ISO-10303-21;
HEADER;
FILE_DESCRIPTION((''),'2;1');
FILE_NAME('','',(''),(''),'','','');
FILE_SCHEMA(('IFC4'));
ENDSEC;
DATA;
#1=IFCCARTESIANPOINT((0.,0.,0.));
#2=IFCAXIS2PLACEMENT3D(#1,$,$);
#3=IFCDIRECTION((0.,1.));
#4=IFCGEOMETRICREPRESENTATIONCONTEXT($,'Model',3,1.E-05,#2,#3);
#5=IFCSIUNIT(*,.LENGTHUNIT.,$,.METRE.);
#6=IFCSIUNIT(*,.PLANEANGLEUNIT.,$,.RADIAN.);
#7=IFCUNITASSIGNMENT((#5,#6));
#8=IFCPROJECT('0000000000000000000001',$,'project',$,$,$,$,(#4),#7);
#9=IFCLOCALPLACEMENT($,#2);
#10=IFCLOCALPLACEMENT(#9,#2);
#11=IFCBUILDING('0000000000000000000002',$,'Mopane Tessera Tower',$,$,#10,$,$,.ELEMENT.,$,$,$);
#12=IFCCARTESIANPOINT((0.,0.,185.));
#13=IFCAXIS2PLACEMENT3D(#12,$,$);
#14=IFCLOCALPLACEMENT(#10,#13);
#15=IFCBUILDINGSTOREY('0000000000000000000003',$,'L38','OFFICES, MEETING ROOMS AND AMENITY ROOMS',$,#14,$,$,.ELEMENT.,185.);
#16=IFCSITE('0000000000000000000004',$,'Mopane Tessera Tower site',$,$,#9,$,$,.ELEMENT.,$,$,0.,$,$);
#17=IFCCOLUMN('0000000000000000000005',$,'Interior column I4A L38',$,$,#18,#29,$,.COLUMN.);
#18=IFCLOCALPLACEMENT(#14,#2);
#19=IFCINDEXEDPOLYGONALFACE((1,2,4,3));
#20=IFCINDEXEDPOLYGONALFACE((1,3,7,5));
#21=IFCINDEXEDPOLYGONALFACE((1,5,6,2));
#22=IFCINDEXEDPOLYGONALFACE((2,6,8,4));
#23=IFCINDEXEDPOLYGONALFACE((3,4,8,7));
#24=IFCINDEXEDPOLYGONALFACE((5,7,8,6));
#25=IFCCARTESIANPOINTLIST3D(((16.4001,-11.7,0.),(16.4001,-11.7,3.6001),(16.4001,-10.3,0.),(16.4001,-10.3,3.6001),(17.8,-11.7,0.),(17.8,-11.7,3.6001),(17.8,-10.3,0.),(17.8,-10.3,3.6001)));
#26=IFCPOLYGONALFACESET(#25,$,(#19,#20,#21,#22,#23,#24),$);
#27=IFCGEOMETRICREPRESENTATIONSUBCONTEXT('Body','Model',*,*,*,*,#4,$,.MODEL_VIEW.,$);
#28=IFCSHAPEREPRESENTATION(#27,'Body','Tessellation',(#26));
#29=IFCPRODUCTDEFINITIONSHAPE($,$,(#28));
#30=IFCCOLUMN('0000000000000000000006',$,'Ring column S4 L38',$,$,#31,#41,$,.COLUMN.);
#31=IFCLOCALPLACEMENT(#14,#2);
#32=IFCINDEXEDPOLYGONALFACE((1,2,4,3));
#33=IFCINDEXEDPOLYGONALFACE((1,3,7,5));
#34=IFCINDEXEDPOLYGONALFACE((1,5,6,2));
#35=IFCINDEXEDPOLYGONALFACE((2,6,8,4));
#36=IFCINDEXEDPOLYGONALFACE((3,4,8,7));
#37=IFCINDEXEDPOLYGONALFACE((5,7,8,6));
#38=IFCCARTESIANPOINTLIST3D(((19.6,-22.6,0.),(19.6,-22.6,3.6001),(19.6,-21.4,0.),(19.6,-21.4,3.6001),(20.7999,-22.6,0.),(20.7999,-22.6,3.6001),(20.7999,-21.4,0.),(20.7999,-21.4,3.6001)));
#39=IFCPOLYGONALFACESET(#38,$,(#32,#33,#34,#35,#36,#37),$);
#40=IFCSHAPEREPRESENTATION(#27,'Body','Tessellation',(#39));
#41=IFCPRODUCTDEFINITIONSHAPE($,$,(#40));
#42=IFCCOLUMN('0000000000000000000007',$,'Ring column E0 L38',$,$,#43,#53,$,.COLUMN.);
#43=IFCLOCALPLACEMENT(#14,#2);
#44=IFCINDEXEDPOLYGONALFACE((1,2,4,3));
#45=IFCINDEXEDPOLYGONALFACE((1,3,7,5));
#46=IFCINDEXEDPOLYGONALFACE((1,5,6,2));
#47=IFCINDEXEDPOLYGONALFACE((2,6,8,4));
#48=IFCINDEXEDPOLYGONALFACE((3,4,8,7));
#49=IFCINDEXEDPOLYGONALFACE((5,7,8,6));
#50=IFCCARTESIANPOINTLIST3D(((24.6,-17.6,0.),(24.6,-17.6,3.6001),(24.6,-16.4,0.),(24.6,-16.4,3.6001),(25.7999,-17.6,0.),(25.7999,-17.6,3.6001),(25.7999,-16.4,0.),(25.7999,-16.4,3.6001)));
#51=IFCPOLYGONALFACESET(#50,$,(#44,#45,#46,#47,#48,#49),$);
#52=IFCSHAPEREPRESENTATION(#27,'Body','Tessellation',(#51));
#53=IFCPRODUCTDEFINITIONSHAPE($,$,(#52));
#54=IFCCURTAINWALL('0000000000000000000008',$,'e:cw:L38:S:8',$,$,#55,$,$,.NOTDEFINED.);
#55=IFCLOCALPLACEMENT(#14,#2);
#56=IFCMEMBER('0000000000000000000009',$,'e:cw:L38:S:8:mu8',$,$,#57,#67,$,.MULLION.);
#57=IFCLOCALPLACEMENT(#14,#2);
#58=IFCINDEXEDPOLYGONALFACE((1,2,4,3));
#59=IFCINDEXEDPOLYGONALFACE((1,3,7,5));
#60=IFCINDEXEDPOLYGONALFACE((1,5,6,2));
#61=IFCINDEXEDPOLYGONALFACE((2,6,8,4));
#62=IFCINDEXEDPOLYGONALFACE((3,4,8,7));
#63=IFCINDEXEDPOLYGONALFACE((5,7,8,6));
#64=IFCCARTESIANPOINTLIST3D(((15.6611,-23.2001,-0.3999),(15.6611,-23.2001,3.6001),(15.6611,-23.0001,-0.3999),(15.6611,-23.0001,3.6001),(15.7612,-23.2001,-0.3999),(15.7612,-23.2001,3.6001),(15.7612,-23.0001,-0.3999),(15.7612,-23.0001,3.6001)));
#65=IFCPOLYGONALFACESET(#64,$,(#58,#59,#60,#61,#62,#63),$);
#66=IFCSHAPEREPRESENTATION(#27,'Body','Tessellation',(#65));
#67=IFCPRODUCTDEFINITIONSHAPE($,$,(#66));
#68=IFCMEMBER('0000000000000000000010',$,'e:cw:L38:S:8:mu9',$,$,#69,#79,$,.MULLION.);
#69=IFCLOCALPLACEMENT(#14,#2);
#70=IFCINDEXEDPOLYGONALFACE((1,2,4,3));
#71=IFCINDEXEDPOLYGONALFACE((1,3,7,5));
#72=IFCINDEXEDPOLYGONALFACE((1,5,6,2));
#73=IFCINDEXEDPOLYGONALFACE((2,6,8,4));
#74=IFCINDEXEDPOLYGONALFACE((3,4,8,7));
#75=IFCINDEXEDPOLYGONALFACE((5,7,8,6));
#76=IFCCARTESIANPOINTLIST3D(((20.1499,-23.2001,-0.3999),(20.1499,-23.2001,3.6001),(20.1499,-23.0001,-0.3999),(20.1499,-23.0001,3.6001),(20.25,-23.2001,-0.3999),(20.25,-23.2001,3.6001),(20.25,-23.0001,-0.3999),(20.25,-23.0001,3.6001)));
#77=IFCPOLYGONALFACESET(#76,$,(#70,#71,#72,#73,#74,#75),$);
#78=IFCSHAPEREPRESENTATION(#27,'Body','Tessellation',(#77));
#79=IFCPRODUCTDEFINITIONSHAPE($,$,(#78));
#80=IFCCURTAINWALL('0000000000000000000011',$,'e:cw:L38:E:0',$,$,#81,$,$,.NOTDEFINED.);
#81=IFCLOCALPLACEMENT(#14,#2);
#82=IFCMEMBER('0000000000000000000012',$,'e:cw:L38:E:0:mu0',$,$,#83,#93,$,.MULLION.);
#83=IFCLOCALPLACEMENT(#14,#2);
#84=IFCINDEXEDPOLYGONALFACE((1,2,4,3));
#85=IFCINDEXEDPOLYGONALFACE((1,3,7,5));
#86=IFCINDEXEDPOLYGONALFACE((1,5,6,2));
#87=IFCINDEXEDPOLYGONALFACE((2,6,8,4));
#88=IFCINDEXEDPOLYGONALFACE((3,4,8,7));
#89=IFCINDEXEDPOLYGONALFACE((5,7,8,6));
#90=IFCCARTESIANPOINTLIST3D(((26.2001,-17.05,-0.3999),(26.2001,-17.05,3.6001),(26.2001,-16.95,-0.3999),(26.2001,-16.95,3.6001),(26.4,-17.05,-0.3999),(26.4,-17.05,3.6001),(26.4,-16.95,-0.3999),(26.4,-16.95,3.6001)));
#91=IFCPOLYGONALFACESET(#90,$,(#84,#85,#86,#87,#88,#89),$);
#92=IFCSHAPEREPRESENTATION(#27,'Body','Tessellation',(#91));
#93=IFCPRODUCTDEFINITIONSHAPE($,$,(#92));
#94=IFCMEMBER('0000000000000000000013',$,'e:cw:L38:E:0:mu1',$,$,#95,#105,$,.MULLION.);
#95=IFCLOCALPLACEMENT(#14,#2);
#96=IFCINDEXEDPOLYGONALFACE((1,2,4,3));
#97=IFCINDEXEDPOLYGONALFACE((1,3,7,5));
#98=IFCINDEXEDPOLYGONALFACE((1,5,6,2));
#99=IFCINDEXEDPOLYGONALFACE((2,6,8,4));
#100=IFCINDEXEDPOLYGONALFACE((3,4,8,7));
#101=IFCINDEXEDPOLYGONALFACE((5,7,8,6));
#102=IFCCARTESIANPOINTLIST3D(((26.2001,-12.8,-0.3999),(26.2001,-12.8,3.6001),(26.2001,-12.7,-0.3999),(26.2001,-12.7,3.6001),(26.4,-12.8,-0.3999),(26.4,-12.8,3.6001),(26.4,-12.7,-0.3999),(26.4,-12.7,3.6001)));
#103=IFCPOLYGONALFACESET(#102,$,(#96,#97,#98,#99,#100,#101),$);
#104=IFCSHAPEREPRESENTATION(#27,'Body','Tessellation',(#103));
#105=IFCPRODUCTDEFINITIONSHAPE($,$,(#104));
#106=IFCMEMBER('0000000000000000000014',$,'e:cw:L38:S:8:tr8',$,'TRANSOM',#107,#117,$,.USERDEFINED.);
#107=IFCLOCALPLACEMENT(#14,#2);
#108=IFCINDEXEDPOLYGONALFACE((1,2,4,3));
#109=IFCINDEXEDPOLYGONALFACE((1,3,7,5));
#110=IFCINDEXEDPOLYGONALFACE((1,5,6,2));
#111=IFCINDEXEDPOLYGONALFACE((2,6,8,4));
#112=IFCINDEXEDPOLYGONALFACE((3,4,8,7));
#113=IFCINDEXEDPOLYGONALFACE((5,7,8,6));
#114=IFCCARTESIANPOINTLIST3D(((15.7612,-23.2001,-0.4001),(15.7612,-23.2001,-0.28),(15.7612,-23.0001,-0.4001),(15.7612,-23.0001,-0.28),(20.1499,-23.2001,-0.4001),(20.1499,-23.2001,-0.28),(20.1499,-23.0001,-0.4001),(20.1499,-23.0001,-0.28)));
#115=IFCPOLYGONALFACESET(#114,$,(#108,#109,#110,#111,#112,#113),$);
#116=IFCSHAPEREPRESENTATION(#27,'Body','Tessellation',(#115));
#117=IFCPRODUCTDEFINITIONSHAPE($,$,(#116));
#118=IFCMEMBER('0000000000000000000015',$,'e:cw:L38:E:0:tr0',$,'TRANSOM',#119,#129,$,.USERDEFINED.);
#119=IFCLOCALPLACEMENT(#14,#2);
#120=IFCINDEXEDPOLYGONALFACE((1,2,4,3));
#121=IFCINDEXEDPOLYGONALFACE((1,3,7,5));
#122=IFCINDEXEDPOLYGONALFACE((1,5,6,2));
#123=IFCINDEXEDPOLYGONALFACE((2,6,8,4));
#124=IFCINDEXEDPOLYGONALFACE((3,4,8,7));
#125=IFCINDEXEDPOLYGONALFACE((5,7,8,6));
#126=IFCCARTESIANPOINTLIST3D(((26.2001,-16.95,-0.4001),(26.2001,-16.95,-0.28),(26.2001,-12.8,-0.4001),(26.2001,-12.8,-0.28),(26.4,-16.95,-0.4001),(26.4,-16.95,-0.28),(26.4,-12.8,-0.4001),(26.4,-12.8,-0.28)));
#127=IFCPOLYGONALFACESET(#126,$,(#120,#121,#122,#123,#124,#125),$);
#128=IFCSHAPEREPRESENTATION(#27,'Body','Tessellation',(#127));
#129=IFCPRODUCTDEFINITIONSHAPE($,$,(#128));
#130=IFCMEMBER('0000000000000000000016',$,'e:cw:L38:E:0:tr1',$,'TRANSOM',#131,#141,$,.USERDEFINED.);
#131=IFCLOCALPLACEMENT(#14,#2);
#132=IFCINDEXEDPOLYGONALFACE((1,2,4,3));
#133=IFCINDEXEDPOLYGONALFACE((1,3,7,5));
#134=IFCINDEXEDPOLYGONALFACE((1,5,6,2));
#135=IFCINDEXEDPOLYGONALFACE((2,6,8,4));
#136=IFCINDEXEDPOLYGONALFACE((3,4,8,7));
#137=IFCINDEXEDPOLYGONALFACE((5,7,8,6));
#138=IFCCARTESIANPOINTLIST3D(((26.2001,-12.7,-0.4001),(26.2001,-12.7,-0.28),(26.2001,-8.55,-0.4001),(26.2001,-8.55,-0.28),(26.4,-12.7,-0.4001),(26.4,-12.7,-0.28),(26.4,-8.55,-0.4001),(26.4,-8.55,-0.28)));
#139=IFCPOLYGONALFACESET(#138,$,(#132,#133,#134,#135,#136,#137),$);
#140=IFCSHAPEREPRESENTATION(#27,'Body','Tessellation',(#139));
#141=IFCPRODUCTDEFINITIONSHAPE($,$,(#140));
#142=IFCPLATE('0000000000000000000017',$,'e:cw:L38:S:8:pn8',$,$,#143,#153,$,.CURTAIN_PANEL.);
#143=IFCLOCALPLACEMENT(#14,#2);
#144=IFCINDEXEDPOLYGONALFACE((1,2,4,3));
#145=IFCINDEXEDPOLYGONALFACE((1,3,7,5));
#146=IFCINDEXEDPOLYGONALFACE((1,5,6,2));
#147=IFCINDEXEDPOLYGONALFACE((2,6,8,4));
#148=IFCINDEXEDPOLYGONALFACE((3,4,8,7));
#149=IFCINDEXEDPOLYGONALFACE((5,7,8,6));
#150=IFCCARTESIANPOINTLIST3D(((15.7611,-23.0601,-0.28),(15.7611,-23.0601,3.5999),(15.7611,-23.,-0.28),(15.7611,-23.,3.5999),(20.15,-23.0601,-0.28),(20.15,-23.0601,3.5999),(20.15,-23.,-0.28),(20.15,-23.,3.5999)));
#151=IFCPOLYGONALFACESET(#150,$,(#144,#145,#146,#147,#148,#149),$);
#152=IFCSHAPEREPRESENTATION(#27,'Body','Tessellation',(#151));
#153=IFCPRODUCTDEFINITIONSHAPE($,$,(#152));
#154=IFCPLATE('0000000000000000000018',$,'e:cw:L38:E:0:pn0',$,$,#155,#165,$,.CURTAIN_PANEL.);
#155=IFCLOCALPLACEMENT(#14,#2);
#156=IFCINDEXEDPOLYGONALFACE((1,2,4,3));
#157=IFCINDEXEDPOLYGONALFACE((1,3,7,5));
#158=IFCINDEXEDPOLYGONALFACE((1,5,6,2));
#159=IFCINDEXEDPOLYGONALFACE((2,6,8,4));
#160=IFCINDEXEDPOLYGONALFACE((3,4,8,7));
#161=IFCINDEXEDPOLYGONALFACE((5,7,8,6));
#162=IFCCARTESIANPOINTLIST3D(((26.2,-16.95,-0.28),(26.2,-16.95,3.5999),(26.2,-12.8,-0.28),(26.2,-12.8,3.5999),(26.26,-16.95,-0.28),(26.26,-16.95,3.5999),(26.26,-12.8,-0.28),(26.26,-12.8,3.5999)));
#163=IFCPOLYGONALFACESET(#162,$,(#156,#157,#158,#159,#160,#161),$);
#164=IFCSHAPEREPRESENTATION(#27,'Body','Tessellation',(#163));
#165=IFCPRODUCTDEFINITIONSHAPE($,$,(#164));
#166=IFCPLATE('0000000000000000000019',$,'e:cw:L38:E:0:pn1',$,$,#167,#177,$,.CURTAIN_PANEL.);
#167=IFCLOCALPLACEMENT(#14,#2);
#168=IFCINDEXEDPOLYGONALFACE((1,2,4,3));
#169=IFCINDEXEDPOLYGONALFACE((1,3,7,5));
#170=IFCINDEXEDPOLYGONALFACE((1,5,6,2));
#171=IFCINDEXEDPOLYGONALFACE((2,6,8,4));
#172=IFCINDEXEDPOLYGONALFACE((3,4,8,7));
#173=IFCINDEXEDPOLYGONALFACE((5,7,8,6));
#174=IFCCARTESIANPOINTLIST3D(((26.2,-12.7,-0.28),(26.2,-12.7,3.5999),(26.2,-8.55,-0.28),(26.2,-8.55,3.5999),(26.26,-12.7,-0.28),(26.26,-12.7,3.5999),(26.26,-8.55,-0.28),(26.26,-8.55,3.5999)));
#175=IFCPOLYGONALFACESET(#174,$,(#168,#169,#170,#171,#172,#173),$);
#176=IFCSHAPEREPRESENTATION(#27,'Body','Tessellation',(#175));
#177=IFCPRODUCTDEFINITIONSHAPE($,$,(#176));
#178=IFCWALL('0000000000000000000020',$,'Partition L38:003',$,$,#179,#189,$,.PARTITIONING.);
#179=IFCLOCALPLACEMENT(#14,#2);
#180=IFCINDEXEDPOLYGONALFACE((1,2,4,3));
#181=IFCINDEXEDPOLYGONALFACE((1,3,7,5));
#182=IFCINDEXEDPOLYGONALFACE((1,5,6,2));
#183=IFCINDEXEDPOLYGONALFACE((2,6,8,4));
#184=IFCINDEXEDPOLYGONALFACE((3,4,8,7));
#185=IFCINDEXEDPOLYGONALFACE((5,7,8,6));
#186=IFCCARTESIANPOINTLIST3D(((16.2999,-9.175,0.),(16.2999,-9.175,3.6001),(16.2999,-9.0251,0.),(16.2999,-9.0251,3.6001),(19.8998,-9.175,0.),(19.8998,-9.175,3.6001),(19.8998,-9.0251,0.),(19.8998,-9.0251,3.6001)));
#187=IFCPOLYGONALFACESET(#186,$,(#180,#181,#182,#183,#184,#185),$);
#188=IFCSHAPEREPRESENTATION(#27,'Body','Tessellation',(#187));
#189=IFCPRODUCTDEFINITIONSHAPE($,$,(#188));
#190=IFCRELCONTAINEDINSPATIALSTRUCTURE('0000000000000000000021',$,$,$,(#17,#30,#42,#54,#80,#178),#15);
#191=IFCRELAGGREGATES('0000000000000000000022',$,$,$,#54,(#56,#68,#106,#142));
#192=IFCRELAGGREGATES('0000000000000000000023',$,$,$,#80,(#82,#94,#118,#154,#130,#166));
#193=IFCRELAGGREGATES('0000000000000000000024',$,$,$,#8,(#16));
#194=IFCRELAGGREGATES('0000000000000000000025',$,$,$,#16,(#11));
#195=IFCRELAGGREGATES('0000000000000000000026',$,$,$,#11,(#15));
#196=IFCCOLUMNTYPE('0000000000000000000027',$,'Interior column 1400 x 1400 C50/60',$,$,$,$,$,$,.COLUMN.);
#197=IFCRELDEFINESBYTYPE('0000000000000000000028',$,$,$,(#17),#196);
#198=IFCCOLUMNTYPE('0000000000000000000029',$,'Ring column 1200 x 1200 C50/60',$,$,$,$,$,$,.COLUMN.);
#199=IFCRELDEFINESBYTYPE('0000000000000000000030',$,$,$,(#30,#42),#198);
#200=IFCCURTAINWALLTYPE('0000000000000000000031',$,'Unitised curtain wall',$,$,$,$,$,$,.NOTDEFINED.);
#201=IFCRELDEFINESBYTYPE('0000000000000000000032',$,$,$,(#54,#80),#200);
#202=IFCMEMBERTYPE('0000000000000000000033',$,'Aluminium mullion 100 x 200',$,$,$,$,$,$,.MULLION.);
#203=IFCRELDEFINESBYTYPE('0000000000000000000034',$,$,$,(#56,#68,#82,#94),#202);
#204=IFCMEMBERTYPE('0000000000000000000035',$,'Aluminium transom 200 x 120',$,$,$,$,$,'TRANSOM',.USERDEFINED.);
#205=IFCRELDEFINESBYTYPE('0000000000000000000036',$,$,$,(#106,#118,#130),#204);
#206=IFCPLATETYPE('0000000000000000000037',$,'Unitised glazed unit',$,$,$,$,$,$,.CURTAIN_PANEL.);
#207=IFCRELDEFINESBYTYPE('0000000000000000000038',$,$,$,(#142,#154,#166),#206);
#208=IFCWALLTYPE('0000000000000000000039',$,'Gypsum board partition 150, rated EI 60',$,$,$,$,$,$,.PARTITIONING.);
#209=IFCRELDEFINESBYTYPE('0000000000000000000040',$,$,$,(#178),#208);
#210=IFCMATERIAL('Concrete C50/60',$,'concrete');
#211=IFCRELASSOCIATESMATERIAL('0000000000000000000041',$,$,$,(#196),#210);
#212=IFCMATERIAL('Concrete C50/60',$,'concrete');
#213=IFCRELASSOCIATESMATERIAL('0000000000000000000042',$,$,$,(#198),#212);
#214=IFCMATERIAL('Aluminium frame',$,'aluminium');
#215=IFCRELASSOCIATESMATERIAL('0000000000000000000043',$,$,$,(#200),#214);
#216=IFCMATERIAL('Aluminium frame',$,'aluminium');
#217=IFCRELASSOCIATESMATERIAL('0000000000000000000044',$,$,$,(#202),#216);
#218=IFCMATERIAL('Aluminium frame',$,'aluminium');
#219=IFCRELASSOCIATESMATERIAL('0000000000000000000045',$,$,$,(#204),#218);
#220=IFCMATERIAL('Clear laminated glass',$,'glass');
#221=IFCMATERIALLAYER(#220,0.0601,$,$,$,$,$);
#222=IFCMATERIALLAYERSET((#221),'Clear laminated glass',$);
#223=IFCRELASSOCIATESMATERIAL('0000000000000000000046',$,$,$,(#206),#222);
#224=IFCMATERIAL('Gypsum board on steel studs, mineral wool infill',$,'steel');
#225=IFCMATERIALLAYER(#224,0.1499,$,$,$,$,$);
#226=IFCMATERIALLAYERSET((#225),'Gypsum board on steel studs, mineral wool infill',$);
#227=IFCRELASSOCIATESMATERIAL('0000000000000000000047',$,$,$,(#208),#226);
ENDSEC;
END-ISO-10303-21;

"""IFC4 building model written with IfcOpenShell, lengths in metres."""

from ifc_helpers import new_model, si_unit, direction, frame, frame_2d, origin, origin_2d, place, context, subcontext, project, spatial, rectangle, extrude, material, layer, layer_set, material_profile, profile_set, type_object, element, aggregate, save


model = new_model("IFC4")

# Units and contexts
model_context = context("Model", 3, precision=1e-05, world=origin(), true_north=direction((0.0, 1.0)))
body_context = subcontext(model_context, "Body", "Model", "MODEL_VIEW")
ifc_project = project(units=[si_unit("LENGTHUNIT", "METRE"), si_unit("PLANEANGLEUNIT", "RADIAN")], contexts=[model_context])

# Site, building, storey
site_placement = place(None, origin())
site = spatial("IfcSite", under=ifc_project, at=site_placement, Name="Mopane Tessera Tower site", CompositionType="ELEMENT", RefElevation=0.0)
building_placement = place(site_placement, origin())
building = spatial("IfcBuilding", under=site, at=building_placement, Name="Mopane Tessera Tower", CompositionType="ELEMENT")
storey_placement = place(building_placement, frame((0.0, 0.0, 185.0)))
storey = spatial("IfcBuildingStorey", under=building, at=storey_placement, Name="L38", Description="OFFICES, MEETING ROOMS AND AMENITY ROOMS", CompositionType="ELEMENT", Elevation=185.0)

# Columns
ifc_material_1 = material(Name="Concrete C50/60", Category="concrete")
ifc_material_profile_1 = material_profile(ifc_material_1, rectangle(XDim=1.3999, YDim=1.3999, at=origin_2d()))
ifc_profile_set_1 = profile_set([ifc_material_profile_1], Name="Concrete C50/60")
column_type_1 = type_object("IfcColumnType", Name="Interior column 1400 x 1400 C50/60", PredefinedType="COLUMN", material=ifc_profile_set_1)
column_placement = place(storey_placement, frame((17.1001, -11.0, 0.0), z_axis=(0.0, 0.0, 1.0), x_axis=(1.0, 0.0, 0.0)))
element("IfcColumn", 1, at=column_placement, inside=storey, type_object=column_type_1, Name="Interior column I4A L38", PredefinedType="COLUMN", context=body_context, shape_type="SweptSolid", body=[
    extrude(rectangle(XDim=1.3999, YDim=1.3999, at=origin_2d()), origin(), (0.0, 0.0, 1.0), 3.6001),
])
ifc_material_2 = material(Name="Concrete C50/60", Category="concrete")
ifc_material_profile_2 = material_profile(ifc_material_2, rectangle(XDim=1.2, YDim=1.2, at=origin_2d()))
ifc_profile_set_2 = profile_set([ifc_material_profile_2], Name="Concrete C50/60")
column_type_2 = type_object("IfcColumnType", Name="Ring column 1200 x 1200 C50/60", PredefinedType="COLUMN", material=ifc_profile_set_2)
for number, where, z_axis, x_axis, name in (
    (2, (20.2, -22.0, 0.0), (0.0, 0.0, 1.0), (1.0, 0.0, 0.0), "Ring column S4 L38"),
    (3, (25.2, -17.0, 0.0), (0.0, 0.0, 1.0), (1.0, 0.0, 0.0), "Ring column E0 L38"),
):
    element("IfcColumn", number, at=place(storey_placement, frame(where, z_axis=z_axis, x_axis=x_axis)), inside=storey, type_object=column_type_2, Name=name, PredefinedType="COLUMN", context=body_context, shape_type="SweptSolid", body=[
        extrude(rectangle(XDim=1.2, YDim=1.2, at=origin_2d()), origin(), (0.0, 0.0, 1.0), 3.6001),
    ])

# Curtain walls, members
ifc_material_3 = material(Name="Aluminium frame", Category="aluminium")
curtain_wall_type = type_object("IfcCurtainWallType", Name="Unitised curtain wall", PredefinedType="NOTDEFINED", material=ifc_material_3)
curtain_wall_1_placement = place(storey_placement, origin())
curtain_wall_1 = element("IfcCurtainWall", 4, at=curtain_wall_1_placement, inside=storey, type_object=curtain_wall_type, Name="e:cw:L38:S:8", PredefinedType="NOTDEFINED")
ifc_material_4 = material(Name="Aluminium frame", Category="aluminium")
ifc_material_profile_3 = material_profile(ifc_material_4, rectangle(XDim=0.1001, YDim=0.2, at=origin_2d()))
ifc_profile_set_3 = profile_set([ifc_material_profile_3], Name="Aluminium frame")
member_type_1 = type_object("IfcMemberType", Name="Aluminium mullion 100 x 200", PredefinedType="MULLION", material=ifc_profile_set_3)
member_1_placement = place(storey_placement, frame((15.7112, -23.1001, -0.3999), z_axis=(0.0, 0.0, 1.0), x_axis=(1.0, 0.0, 0.0)))
member_1 = element("IfcMember", 5, at=member_1_placement, type_object=member_type_1, Name="e:cw:L38:S:8:mu8", PredefinedType="MULLION", context=body_context, shape_type="SweptSolid", body=[
    extrude(rectangle(XDim=0.1001, YDim=0.2, at=origin_2d()), origin(), (0.0, 0.0, 1.0), 4.0),
])
member_2_placement = place(storey_placement, frame((20.2, -23.1001, -0.3999), z_axis=(0.0, 0.0, 1.0), x_axis=(1.0, 0.0, 0.0)))
member_2 = element("IfcMember", 6, at=member_2_placement, type_object=member_type_1, Name="e:cw:L38:S:8:mu9", PredefinedType="MULLION", context=body_context, shape_type="SweptSolid", body=[
    extrude(rectangle(XDim=0.1001, YDim=0.2, at=origin_2d()), origin(), (0.0, 0.0, 1.0), 4.0),
])
curtain_wall_2_placement = place(storey_placement, origin())
curtain_wall_2 = element("IfcCurtainWall", 7, at=curtain_wall_2_placement, inside=storey, type_object=curtain_wall_type, Name="e:cw:L38:E:0", PredefinedType="NOTDEFINED")
member_3_placement = place(storey_placement, frame((26.3, -17.0, -0.3999), z_axis=(0.0, 0.0, 1.0), x_axis=(0.0, 1.0, 0.0)))
member_3 = element("IfcMember", 8, at=member_3_placement, type_object=member_type_1, Name="e:cw:L38:E:0:mu0", PredefinedType="MULLION", context=body_context, shape_type="SweptSolid", body=[
    extrude(rectangle(XDim=0.1001, YDim=0.2, at=origin_2d()), origin(), (0.0, 0.0, 1.0), 4.0),
])
member_4_placement = place(storey_placement, frame((26.3, -12.75, -0.3999), z_axis=(0.0, 0.0, 1.0), x_axis=(0.0, 1.0, 0.0)))
member_4 = element("IfcMember", 9, at=member_4_placement, type_object=member_type_1, Name="e:cw:L38:E:0:mu1", PredefinedType="MULLION", context=body_context, shape_type="SweptSolid", body=[
    extrude(rectangle(XDim=0.1001, YDim=0.2, at=origin_2d()), origin(), (0.0, 0.0, 1.0), 4.0),
])

# Members
ifc_material_5 = material(Name="Aluminium frame", Category="aluminium")
ifc_material_profile_4 = material_profile(ifc_material_5, rectangle(XDim=0.2, YDim=0.1201, at=origin_2d()))
ifc_profile_set_4 = profile_set([ifc_material_profile_4], Name="Aluminium frame")
member_type_2 = type_object("IfcMemberType", Name="Aluminium transom 200 x 120", ElementType="TRANSOM", PredefinedType="USERDEFINED", material=ifc_profile_set_4)
member_5_placement = place(storey_placement, frame((15.7612, -23.1001, -0.3401), z_axis=(1.0, 0.0, 0.0), x_axis=(0.0, 1.0, 0.0)))
member_5 = element("IfcMember", 10, at=member_5_placement, type_object=member_type_2, Name="e:cw:L38:S:8:tr8", ObjectType="TRANSOM", PredefinedType="USERDEFINED", context=body_context, shape_type="SweptSolid", body=[
    extrude(rectangle(XDim=0.2, YDim=0.1201, at=origin_2d()), origin(), (0.0, 0.0, 1.0), 4.3887),
])
member_6_placement = place(storey_placement, frame((26.3, -16.95, -0.3401), z_axis=(0.0, 1.0, 0.0), x_axis=(-1.0, 0.0, 0.0)))
member_6 = element("IfcMember", 11, at=member_6_placement, type_object=member_type_2, Name="e:cw:L38:E:0:tr0", ObjectType="TRANSOM", PredefinedType="USERDEFINED", context=body_context, shape_type="SweptSolid", body=[
    extrude(rectangle(XDim=0.2, YDim=0.1201, at=origin_2d()), origin(), (0.0, 0.0, 1.0), 4.1499),
])
member_7_placement = place(storey_placement, frame((26.3, -12.7, -0.3401), z_axis=(0.0, 1.0, 0.0), x_axis=(-1.0, 0.0, 0.0)))
member_7 = element("IfcMember", 12, at=member_7_placement, type_object=member_type_2, Name="e:cw:L38:E:0:tr1", ObjectType="TRANSOM", PredefinedType="USERDEFINED", context=body_context, shape_type="SweptSolid", body=[
    extrude(rectangle(XDim=0.2, YDim=0.1201, at=origin_2d()), origin(), (0.0, 0.0, 1.0), 4.1499),
])

# Plates
ifc_material_6 = material(Name="Clear laminated glass", Category="glass")
ifc_layer_1 = layer(ifc_material_6, 0.0601)
ifc_layer_set_1 = layer_set([ifc_layer_1], Name="Clear laminated glass")
plate_type = type_object("IfcPlateType", Name="Unitised glazed unit", PredefinedType="CURTAIN_PANEL", material=ifc_layer_set_1)
plate_1_placement = place(storey_placement, frame((17.9556, -23.03, -0.28), z_axis=(0.0, 0.0, 1.0), x_axis=(1.0, 0.0, 0.0)))
plate_1 = element("IfcPlate", 13, at=plate_1_placement, type_object=plate_type, Name="e:cw:L38:S:8:pn8", PredefinedType="CURTAIN_PANEL", context=body_context, shape_type="SweptSolid", body=[
    extrude(rectangle(XDim=4.3889, YDim=0.0601, at=origin_2d()), origin(), (0.0, 0.0, 1.0), 3.8799),
])
aggregate(curtain_wall_1, [member_1, member_2, member_5, plate_1])
plate_2_placement = place(storey_placement, frame((26.23, -14.875, -0.28), z_axis=(0.0, 0.0, 1.0), x_axis=(0.0, 1.0, 0.0)))
plate_2 = element("IfcPlate", 14, at=plate_2_placement, type_object=plate_type, Name="e:cw:L38:E:0:pn0", PredefinedType="CURTAIN_PANEL", context=body_context, shape_type="SweptSolid", body=[
    extrude(rectangle(XDim=4.1499, YDim=0.0601, at=origin_2d()), origin(), (0.0, 0.0, 1.0), 3.8799),
])
plate_3_placement = place(storey_placement, frame((26.23, -10.625, -0.28), z_axis=(0.0, 0.0, 1.0), x_axis=(0.0, 1.0, 0.0)))
plate_3 = element("IfcPlate", 15, at=plate_3_placement, type_object=plate_type, Name="e:cw:L38:E:0:pn1", PredefinedType="CURTAIN_PANEL", context=body_context, shape_type="SweptSolid", body=[
    extrude(rectangle(XDim=4.1499, YDim=0.0601, at=origin_2d()), origin(), (0.0, 0.0, 1.0), 3.8799),
])
aggregate(curtain_wall_2, [member_3, member_4, member_6, plate_2, member_7, plate_3])

# Wall
ifc_material_7 = material(Name="Gypsum board on steel studs, mineral wool infill", Category="steel")
ifc_layer_2 = layer(ifc_material_7, 0.1499)
ifc_layer_set_2 = layer_set([ifc_layer_2], Name="Gypsum board on steel studs, mineral wool infill")
wall_type_1 = type_object("IfcWallType", Name="Gypsum board partition 150, rated EI 60", PredefinedType="PARTITIONING", material=ifc_layer_set_2)
wall_1_placement = place(storey_placement, frame((16.3, -9.1001, 0.0), z_axis=(0.0, 0.0, 1.0), x_axis=(1.0, 0.0, 0.0)))
element("IfcWall", 16, at=wall_1_placement, inside=storey, type_object=wall_type_1, Name="Partition L38:003", PredefinedType="PARTITIONING", context=body_context, shape_type="SweptSolid", body=[
    extrude(rectangle(XDim=3.5999, YDim=0.1499, at=frame_2d((1.7998, 0.0))), origin(), (0.0, 0.0, 1.0), 3.6001),
])

save(model, "model.ifc")
